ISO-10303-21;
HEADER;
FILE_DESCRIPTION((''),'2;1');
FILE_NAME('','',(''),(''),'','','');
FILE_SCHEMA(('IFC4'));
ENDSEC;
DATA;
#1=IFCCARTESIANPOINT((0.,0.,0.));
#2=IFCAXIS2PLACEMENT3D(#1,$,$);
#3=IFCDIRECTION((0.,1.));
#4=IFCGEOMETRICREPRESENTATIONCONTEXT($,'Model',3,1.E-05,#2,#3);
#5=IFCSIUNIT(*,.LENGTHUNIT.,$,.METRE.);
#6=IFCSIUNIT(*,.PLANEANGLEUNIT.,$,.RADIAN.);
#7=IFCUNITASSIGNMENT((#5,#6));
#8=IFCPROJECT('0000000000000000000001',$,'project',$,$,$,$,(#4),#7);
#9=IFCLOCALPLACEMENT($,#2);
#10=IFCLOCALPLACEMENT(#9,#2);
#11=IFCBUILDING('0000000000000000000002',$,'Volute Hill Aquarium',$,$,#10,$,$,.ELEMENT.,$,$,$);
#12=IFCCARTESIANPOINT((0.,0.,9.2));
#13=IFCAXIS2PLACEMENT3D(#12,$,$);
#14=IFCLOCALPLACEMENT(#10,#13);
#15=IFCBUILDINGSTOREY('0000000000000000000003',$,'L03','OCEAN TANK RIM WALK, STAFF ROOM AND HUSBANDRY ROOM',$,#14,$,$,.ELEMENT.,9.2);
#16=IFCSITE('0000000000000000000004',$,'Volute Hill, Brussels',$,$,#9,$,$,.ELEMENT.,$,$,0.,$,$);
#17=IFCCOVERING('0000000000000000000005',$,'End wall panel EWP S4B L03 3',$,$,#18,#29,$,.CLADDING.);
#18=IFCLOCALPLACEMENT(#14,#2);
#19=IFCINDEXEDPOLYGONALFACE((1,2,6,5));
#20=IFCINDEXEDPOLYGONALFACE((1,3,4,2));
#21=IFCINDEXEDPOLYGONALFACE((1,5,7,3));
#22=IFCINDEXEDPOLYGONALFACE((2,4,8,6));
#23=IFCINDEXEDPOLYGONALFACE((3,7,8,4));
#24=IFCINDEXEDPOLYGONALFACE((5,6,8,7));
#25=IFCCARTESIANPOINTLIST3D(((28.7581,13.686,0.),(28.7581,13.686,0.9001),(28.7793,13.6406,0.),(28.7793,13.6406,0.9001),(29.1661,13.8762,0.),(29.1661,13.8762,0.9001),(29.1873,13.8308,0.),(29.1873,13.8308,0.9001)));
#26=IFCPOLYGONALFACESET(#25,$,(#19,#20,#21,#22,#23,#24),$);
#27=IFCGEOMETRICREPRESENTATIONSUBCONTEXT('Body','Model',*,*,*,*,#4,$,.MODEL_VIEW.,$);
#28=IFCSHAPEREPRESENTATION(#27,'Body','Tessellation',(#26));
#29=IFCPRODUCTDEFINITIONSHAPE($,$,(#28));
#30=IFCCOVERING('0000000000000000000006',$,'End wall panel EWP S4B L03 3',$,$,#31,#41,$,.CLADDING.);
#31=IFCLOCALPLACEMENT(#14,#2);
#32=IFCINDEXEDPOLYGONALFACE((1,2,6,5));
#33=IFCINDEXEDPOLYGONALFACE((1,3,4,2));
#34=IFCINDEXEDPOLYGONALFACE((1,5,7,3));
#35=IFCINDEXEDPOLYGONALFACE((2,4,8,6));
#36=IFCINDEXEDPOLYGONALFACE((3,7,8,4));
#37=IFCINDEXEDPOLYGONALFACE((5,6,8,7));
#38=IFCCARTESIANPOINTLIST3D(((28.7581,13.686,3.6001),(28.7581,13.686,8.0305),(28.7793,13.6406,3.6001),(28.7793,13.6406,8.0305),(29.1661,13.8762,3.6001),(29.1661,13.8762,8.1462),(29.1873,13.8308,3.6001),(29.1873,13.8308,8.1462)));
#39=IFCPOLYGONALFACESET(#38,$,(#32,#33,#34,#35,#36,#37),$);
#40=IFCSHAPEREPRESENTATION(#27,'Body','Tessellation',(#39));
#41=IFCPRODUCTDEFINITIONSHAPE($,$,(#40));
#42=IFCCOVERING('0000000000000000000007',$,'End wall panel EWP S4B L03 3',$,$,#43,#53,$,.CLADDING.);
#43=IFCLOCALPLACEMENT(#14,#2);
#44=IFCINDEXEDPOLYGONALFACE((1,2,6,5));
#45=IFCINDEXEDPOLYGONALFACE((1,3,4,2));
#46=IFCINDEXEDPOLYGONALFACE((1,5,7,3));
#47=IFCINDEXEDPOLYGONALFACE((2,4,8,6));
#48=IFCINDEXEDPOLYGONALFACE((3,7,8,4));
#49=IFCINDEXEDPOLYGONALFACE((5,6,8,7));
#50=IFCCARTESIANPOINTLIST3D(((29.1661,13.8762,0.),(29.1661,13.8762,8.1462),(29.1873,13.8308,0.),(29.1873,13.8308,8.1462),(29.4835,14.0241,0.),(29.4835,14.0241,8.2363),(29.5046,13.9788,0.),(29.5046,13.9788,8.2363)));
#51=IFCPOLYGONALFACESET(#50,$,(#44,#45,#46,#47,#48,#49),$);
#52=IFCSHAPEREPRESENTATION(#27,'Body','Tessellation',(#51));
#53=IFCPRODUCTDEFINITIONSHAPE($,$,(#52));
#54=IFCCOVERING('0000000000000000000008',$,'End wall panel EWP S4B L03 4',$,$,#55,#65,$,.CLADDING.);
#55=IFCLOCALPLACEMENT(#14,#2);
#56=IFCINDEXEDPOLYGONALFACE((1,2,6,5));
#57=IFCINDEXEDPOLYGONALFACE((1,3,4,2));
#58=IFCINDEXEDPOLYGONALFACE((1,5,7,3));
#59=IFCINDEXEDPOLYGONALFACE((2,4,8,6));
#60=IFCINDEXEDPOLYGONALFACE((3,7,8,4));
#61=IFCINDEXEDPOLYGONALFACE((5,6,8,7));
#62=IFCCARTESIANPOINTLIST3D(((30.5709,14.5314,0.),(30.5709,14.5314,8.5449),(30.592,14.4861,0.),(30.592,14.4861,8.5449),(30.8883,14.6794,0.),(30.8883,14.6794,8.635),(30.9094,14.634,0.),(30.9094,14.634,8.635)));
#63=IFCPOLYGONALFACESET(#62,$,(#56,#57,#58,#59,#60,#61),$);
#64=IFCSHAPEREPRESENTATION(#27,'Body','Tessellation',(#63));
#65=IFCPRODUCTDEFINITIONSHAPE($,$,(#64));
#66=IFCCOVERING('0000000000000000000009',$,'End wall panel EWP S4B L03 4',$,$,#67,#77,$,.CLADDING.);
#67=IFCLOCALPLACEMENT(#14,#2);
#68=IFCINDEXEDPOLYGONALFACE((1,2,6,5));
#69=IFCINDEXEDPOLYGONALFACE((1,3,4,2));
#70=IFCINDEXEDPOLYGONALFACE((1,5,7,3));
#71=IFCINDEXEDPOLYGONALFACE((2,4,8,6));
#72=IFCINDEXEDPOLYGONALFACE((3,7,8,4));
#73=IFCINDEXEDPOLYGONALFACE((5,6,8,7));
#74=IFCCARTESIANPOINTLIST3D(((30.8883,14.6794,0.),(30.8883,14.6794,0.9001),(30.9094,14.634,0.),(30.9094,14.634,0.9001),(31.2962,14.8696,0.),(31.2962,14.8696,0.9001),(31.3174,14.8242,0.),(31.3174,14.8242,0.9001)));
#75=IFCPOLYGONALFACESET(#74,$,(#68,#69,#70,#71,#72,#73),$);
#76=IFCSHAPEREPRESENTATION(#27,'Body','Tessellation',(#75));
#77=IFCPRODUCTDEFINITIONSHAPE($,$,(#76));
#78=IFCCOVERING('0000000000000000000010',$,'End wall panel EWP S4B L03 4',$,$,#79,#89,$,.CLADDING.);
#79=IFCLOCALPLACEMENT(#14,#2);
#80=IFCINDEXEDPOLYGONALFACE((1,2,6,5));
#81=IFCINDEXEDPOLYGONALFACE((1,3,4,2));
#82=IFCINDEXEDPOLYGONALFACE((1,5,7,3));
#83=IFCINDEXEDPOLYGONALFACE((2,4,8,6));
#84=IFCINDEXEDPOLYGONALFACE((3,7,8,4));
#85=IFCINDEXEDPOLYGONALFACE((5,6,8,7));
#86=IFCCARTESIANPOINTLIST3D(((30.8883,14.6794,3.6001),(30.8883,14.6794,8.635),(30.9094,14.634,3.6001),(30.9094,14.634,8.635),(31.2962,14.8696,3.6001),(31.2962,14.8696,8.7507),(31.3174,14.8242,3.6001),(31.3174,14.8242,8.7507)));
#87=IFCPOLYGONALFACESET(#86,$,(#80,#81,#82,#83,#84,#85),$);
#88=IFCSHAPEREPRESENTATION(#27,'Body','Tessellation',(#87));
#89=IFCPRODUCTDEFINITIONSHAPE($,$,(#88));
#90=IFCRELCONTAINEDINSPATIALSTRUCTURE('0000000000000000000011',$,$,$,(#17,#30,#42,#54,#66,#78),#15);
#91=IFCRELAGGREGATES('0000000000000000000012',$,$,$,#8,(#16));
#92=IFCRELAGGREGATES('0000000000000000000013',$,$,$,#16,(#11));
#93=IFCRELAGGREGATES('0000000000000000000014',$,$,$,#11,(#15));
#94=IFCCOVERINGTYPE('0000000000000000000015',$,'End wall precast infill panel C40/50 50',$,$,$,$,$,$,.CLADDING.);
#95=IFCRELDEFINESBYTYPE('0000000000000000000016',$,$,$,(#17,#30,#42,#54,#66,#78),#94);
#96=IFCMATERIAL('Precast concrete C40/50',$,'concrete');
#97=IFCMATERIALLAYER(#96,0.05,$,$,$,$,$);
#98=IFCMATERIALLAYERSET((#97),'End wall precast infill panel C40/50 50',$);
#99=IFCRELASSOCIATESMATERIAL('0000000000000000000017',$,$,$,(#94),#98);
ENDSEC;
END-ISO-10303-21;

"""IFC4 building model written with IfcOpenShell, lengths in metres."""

from ifc_helpers import new_model, si_unit, direction, frame, origin, place, context, subcontext, project, spatial, polyline, outline, extrude, material, layer, layer_set, type_object, element, save


model = new_model("IFC4")

# Units and contexts
model_context = context("Model", 3, precision=1e-05, world=origin(), true_north=direction((0.0, 1.0)))
body_context = subcontext(model_context, "Body", "Model", "MODEL_VIEW")
ifc_project = project(units=[si_unit("LENGTHUNIT", "METRE"), si_unit("PLANEANGLEUNIT", "RADIAN")], contexts=[model_context])

# Site, building, storey
site_placement = place(None, origin())
site = spatial("IfcSite", under=ifc_project, at=site_placement, Name="Volute Hill, Brussels", CompositionType="ELEMENT", RefElevation=0.0)
building_placement = place(site_placement, origin())
building = spatial("IfcBuilding", under=site, at=building_placement, Name="Volute Hill Aquarium", CompositionType="ELEMENT")
storey_placement = place(building_placement, frame((0.0, 0.0, 9.2)))
storey = spatial("IfcBuildingStorey", under=building, at=storey_placement, Name="L03", Description="OCEAN TANK RIM WALK, STAFF ROOM AND HUSBANDRY ROOM", CompositionType="ELEMENT", Elevation=9.2)

# Coverings
ifc_material_1 = material(Name="Precast concrete C40/50", Category="concrete")
ifc_layer_1 = layer(ifc_material_1, 0.05)
ifc_layer_set_1 = layer_set([ifc_layer_1], Name="End wall precast infill panel C40/50 50")
covering_type_1 = type_object("IfcCoveringType", Name="End wall precast infill panel C40/50 50", PredefinedType="CLADDING", material=ifc_layer_set_1)
covering_1_placement = place(storey_placement, frame((28.7793, 13.6406, 0.0), z_axis=(0.422529, -0.906349, 0.0), x_axis=(0.906349, 0.422529, 0.0)))
element("IfcCovering", 1, at=covering_1_placement, inside=storey, type_object=covering_type_1, Name="End wall panel EWP S4B L03 3", PredefinedType="CLADDING", context=body_context, shape_type="SweptSolid", body=[
    extrude(outline(polyline([(0.0, 0.0), (0.4501, 0.0), (0.4501, 0.9001), (0.0, 0.9001), (0.0, 0.0)])), origin(), (0.0, 0.0, -1.0), 0.05),
])
covering_2_placement = place(storey_placement, frame((28.7793, 13.6406, 3.6001), z_axis=(0.422529, -0.906349, 0.0), x_axis=(0.906349, 0.422529, 0.0)))
element("IfcCovering", 2, at=covering_2_placement, inside=storey, type_object=covering_type_1, Name="End wall panel EWP S4B L03 3", PredefinedType="CLADDING", context=body_context, shape_type="SweptSolid", body=[
    extrude(outline(polyline([(0.0, 0.0), (0.4501, 0.0), (0.4501, 4.5461), (0.0, 4.4304), (0.0, 0.0)])), origin(), (0.0, 0.0, -1.0), 0.05),
])
covering_3_placement = place(storey_placement, frame((29.1873, 13.8308, 0.0), z_axis=(0.422504, -0.906361, 0.0), x_axis=(0.906361, 0.422504, 0.0)))
element("IfcCovering", 3, at=covering_3_placement, inside=storey, type_object=covering_type_1, Name="End wall panel EWP S4B L03 3", PredefinedType="CLADDING", context=body_context, shape_type="SweptSolid", body=[
    extrude(outline(polyline([(0.0, 0.0), (0.3502, 0.0), (0.3502, 8.2363), (0.0, 8.1462), (0.0, 0.0)])), origin(), (0.0, 0.0, -1.0), 0.05),
])
covering_4_placement = place(storey_placement, frame((30.592, 14.4861, 0.0), z_axis=(0.422504, -0.906361, 0.0), x_axis=(0.906361, 0.422504, 0.0)))
element("IfcCovering", 4, at=covering_4_placement, inside=storey, type_object=covering_type_1, Name="End wall panel EWP S4B L03 4", PredefinedType="CLADDING", context=body_context, shape_type="SweptSolid", body=[
    extrude(outline(polyline([(0.0, 0.0), (0.3502, 0.0), (0.3502, 8.635), (0.0, 8.5449), (0.0, 0.0)])), origin(), (0.0, 0.0, -1.0), 0.05),
])
covering_5_placement = place(storey_placement, frame((30.9094, 14.634, 0.0), z_axis=(0.422529, -0.906349, 0.0), x_axis=(0.906349, 0.422529, 0.0)))
element("IfcCovering", 5, at=covering_5_placement, inside=storey, type_object=covering_type_1, Name="End wall panel EWP S4B L03 4", PredefinedType="CLADDING", context=body_context, shape_type="SweptSolid", body=[
    extrude(outline(polyline([(0.0, 0.0), (0.4501, 0.0), (0.4501, 0.9001), (0.0, 0.9001), (0.0, 0.0)])), origin(), (0.0, 0.0, -1.0), 0.05),
])
covering_6_placement = place(storey_placement, frame((30.9094, 14.634, 3.6001), z_axis=(0.422529, -0.906349, 0.0), x_axis=(0.906349, 0.422529, 0.0)))
element("IfcCovering", 6, at=covering_6_placement, inside=storey, type_object=covering_type_1, Name="End wall panel EWP S4B L03 4", PredefinedType="CLADDING", context=body_context, shape_type="SweptSolid", body=[
    extrude(outline(polyline([(0.0, 0.0), (0.4501, 0.0), (0.4501, 5.1506), (0.0, 5.0349), (0.0, 0.0)])), origin(), (0.0, 0.0, -1.0), 0.05),
])

save(model, "model.ifc")
